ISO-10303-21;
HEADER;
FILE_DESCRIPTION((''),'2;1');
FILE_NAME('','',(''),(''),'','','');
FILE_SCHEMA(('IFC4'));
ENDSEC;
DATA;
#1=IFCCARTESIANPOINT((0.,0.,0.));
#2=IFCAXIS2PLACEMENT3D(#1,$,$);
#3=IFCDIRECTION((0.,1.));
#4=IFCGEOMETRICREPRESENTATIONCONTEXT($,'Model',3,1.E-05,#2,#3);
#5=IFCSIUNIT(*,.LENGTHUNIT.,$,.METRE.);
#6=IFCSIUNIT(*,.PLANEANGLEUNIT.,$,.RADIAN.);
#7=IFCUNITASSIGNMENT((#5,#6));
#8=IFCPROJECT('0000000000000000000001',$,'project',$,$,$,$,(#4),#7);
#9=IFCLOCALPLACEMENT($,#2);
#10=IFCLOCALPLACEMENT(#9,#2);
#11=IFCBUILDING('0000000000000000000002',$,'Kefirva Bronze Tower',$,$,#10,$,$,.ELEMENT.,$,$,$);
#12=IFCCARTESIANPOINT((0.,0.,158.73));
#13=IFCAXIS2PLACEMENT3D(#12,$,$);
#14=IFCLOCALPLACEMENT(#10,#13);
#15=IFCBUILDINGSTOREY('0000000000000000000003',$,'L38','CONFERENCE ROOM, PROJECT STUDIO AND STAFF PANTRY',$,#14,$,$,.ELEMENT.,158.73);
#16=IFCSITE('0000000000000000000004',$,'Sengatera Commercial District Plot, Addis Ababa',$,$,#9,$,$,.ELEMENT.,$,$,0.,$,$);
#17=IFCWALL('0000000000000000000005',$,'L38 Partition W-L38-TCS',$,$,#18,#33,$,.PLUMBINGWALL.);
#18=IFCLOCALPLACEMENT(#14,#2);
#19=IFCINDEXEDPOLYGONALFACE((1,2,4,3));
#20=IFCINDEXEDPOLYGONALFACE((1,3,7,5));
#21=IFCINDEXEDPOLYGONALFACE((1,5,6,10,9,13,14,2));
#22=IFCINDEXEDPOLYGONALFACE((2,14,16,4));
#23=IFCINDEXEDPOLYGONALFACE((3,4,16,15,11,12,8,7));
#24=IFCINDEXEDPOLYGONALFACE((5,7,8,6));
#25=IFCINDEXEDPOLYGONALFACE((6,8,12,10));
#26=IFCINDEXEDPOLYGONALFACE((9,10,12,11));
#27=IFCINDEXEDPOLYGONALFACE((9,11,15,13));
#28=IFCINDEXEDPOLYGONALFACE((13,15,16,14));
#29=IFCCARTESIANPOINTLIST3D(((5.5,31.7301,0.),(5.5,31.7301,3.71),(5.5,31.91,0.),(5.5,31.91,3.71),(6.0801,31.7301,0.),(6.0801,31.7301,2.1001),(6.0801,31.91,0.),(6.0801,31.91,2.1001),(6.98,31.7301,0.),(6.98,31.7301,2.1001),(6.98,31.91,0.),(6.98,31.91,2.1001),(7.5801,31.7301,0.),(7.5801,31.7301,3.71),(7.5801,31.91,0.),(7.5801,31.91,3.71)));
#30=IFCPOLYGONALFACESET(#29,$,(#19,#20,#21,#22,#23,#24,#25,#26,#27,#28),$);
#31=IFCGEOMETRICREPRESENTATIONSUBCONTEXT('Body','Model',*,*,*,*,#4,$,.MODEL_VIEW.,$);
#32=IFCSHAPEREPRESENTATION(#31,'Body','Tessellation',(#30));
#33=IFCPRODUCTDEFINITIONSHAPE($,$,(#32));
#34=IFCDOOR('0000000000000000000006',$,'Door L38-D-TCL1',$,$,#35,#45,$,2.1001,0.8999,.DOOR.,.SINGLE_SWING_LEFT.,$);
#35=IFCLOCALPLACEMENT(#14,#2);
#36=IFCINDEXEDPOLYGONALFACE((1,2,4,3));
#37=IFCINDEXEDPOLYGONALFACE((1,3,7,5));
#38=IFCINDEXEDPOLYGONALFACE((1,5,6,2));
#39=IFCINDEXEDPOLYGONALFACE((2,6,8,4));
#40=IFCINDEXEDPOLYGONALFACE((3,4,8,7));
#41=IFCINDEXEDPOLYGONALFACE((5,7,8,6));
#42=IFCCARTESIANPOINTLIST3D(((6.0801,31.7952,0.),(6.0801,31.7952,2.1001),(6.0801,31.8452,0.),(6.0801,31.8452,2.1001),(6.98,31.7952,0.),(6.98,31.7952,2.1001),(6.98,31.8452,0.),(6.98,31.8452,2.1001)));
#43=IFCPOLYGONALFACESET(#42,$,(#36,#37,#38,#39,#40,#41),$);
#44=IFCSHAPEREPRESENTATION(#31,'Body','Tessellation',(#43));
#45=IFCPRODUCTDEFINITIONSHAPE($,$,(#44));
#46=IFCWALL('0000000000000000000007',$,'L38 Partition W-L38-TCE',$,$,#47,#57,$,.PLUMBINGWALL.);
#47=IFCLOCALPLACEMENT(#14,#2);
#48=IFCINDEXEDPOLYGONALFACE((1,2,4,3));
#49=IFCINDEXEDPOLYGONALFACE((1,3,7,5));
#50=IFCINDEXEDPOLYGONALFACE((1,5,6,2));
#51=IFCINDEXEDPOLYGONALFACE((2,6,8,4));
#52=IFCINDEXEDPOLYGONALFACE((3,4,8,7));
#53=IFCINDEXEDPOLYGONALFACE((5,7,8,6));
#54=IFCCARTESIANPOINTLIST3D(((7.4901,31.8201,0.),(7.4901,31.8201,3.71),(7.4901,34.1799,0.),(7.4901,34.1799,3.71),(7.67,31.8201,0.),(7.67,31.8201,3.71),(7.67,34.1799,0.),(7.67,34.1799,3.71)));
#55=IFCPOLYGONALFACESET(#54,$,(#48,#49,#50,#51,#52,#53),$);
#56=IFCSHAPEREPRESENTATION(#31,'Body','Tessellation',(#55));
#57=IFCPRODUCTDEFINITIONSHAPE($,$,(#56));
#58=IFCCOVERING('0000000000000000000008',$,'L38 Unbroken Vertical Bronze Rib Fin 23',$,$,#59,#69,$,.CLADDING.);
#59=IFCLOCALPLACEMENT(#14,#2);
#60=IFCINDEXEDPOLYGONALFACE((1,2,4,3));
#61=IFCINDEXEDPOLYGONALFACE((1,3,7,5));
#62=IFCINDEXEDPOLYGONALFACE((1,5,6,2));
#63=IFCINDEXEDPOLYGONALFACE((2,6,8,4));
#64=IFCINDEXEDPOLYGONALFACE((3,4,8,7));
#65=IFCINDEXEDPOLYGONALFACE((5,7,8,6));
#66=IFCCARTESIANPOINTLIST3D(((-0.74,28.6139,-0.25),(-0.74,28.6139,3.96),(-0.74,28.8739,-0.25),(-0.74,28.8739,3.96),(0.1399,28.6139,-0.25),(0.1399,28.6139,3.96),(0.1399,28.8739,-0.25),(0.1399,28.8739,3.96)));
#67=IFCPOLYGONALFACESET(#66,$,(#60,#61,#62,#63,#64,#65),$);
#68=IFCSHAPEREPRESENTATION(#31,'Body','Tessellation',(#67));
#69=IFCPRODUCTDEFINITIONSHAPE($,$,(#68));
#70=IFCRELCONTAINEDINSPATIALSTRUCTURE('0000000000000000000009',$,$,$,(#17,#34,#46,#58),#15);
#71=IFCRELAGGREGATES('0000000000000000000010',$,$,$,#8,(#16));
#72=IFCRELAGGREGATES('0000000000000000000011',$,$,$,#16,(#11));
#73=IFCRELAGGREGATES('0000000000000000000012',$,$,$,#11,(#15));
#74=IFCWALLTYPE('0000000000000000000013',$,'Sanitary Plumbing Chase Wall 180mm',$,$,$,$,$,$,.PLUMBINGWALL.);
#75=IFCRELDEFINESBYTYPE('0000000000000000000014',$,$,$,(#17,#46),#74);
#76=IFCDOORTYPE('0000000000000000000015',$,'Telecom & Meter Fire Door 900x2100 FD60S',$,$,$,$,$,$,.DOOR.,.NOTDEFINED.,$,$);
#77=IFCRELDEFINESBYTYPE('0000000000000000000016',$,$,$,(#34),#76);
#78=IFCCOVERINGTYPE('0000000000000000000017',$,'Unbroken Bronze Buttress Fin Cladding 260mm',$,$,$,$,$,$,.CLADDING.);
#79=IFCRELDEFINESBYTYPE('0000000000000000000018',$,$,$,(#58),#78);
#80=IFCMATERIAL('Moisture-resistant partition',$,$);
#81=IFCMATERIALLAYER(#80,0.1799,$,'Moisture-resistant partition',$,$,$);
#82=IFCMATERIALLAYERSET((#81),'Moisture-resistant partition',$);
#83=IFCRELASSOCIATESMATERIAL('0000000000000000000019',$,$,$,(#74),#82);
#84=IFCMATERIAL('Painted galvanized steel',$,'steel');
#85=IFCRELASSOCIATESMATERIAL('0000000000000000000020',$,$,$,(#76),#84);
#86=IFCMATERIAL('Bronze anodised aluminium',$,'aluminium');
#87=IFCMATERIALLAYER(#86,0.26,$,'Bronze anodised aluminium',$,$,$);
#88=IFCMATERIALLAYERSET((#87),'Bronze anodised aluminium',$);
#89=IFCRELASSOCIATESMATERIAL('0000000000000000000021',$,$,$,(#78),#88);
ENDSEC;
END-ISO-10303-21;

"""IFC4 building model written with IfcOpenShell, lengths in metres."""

from ifc_helpers import new_model, si_unit, direction, frame, frame_2d, origin, origin_2d, place, context, subcontext, project, spatial, rectangle, extrude, material, layer, layer_set, type_object, element, fill, save


model = new_model("IFC4")

# Units and contexts
model_context = context("Model", 3, precision=1e-05, world=origin(), true_north=direction((0.0, 1.0)))
body_context = subcontext(model_context, "Body", "Model", "MODEL_VIEW")
ifc_project = project(units=[si_unit("LENGTHUNIT", "METRE"), si_unit("PLANEANGLEUNIT", "RADIAN")], contexts=[model_context])

# Site, building, storey
site_placement = place(None, origin())
site = spatial("IfcSite", under=ifc_project, at=site_placement, Name="Sengatera Commercial District Plot, Addis Ababa", CompositionType="ELEMENT", RefElevation=0.0)
building_placement = place(site_placement, origin())
building = spatial("IfcBuilding", under=site, at=building_placement, Name="Kefirva Bronze Tower", CompositionType="ELEMENT")
storey_placement = place(building_placement, frame((0.0, 0.0, 158.73)))
storey = spatial("IfcBuildingStorey", under=building, at=storey_placement, Name="L38", Description="CONFERENCE ROOM, PROJECT STUDIO AND STAFF PANTRY", CompositionType="ELEMENT", Elevation=158.73)

# Shared definitions
ifc_material_1 = material(Name="Bronze anodised aluminium", Category="aluminium")

# Wall, opening, door
ifc_material_2 = material(Name="Moisture-resistant partition")
ifc_layer_1 = layer(ifc_material_2, 0.1799, Name="Moisture-resistant partition")
ifc_layer_set_1 = layer_set([ifc_layer_1], Name="Moisture-resistant partition")
wall_type_1 = type_object("IfcWallType", Name="Sanitary Plumbing Chase Wall 180mm", PredefinedType="PLUMBINGWALL", material=ifc_layer_set_1)
wall_1_placement = place(storey_placement, frame((5.5, 31.8201, 0.0), z_axis=(0.0, 0.0, 1.0), x_axis=(1.0, 0.0, 0.0)))
wall_1 = element("IfcWall", 1, at=wall_1_placement, inside=storey, type_object=wall_type_1, Name="L38 Partition W-L38-TCS", PredefinedType="PLUMBINGWALL", context=body_context, shape_type="SweptSolid", body=[
    extrude(rectangle(XDim=2.0801, YDim=0.1799, at=frame_2d((1.04, 0.0))), origin(), (0.0, 0.0, 1.0), 3.71),
])
opening_placement = place(wall_1_placement, frame((1.48, 0.0, 0.0), z_axis=(0.0, 0.0, 1.0), x_axis=(-1.0, 0.0, 0.0)))
opening = element("IfcOpeningElement", 2, at=opening_placement, cuts=wall_1, PredefinedType="OPENING", context=body_context, shape_type="SweptSolid", body=[
    extrude(rectangle(XDim=0.8999, YDim=2.1001, at=frame_2d((0.45, 1.05))), frame((0.0, 0.1001, 0.0), z_axis=(0.0, -1.0, 0.0), x_axis=(1.0, 0.0, 0.0)), (0.0, 0.0, 1.0), 0.2),
])
ifc_material_3 = material(Name="Painted galvanized steel", Category="steel")
door_type = type_object("IfcDoorType", Name="Telecom & Meter Fire Door 900x2100 FD60S", OperationType="NOTDEFINED", PredefinedType="DOOR", material=ifc_material_3)
door_placement = place(opening_placement, origin())
door = element("IfcDoor", 3, at=door_placement, inside=storey, type_object=door_type, Name="Door L38-D-TCL1", OperationType="SINGLE_SWING_LEFT", OverallHeight=2.1001, OverallWidth=0.8999, PredefinedType="DOOR", context=body_context, shape_type="SweptSolid", body=[
    extrude(rectangle(XDim=0.8999, YDim=2.1001, at=frame_2d((0.45, 1.05))), frame((0.0, 0.0249, 0.0), z_axis=(0.0, -1.0, 0.0), x_axis=(1.0, 0.0, 0.0)), (0.0, 0.0, 1.0), 0.05),
])
fill(opening, door)

# Wall
wall_2_placement = place(storey_placement, frame((7.5801, 31.8201, 0.0), z_axis=(0.0, 0.0, 1.0), x_axis=(0.0, 1.0, 0.0)))
element("IfcWall", 4, at=wall_2_placement, inside=storey, type_object=wall_type_1, Name="L38 Partition W-L38-TCE", PredefinedType="PLUMBINGWALL", context=body_context, shape_type="SweptSolid", body=[
    extrude(rectangle(XDim=2.3599, YDim=0.1799, at=frame_2d((1.1799, 0.0))), origin(), (0.0, 0.0, 1.0), 3.71),
])

# Covering
ifc_layer_2 = layer(ifc_material_1, 0.26, Name="Bronze anodised aluminium")
ifc_layer_set_2 = layer_set([ifc_layer_2], Name="Bronze anodised aluminium")
covering_type = type_object("IfcCoveringType", Name="Unbroken Bronze Buttress Fin Cladding 260mm", PredefinedType="CLADDING", material=ifc_layer_set_2)
covering_placement = place(storey_placement, frame((-0.3, 28.7439, -0.25), z_axis=(0.0, 0.0, 1.0), x_axis=(0.0, -1.0, 0.0)))
element("IfcCovering", 5, at=covering_placement, inside=storey, type_object=covering_type, Name="L38 Unbroken Vertical Bronze Rib Fin 23", PredefinedType="CLADDING", context=body_context, shape_type="SweptSolid", body=[
    extrude(rectangle(XDim=0.26, YDim=0.8799, at=origin_2d()), origin(), (0.0, 0.0, 1.0), 4.21),
])

save(model, "model.ifc")
